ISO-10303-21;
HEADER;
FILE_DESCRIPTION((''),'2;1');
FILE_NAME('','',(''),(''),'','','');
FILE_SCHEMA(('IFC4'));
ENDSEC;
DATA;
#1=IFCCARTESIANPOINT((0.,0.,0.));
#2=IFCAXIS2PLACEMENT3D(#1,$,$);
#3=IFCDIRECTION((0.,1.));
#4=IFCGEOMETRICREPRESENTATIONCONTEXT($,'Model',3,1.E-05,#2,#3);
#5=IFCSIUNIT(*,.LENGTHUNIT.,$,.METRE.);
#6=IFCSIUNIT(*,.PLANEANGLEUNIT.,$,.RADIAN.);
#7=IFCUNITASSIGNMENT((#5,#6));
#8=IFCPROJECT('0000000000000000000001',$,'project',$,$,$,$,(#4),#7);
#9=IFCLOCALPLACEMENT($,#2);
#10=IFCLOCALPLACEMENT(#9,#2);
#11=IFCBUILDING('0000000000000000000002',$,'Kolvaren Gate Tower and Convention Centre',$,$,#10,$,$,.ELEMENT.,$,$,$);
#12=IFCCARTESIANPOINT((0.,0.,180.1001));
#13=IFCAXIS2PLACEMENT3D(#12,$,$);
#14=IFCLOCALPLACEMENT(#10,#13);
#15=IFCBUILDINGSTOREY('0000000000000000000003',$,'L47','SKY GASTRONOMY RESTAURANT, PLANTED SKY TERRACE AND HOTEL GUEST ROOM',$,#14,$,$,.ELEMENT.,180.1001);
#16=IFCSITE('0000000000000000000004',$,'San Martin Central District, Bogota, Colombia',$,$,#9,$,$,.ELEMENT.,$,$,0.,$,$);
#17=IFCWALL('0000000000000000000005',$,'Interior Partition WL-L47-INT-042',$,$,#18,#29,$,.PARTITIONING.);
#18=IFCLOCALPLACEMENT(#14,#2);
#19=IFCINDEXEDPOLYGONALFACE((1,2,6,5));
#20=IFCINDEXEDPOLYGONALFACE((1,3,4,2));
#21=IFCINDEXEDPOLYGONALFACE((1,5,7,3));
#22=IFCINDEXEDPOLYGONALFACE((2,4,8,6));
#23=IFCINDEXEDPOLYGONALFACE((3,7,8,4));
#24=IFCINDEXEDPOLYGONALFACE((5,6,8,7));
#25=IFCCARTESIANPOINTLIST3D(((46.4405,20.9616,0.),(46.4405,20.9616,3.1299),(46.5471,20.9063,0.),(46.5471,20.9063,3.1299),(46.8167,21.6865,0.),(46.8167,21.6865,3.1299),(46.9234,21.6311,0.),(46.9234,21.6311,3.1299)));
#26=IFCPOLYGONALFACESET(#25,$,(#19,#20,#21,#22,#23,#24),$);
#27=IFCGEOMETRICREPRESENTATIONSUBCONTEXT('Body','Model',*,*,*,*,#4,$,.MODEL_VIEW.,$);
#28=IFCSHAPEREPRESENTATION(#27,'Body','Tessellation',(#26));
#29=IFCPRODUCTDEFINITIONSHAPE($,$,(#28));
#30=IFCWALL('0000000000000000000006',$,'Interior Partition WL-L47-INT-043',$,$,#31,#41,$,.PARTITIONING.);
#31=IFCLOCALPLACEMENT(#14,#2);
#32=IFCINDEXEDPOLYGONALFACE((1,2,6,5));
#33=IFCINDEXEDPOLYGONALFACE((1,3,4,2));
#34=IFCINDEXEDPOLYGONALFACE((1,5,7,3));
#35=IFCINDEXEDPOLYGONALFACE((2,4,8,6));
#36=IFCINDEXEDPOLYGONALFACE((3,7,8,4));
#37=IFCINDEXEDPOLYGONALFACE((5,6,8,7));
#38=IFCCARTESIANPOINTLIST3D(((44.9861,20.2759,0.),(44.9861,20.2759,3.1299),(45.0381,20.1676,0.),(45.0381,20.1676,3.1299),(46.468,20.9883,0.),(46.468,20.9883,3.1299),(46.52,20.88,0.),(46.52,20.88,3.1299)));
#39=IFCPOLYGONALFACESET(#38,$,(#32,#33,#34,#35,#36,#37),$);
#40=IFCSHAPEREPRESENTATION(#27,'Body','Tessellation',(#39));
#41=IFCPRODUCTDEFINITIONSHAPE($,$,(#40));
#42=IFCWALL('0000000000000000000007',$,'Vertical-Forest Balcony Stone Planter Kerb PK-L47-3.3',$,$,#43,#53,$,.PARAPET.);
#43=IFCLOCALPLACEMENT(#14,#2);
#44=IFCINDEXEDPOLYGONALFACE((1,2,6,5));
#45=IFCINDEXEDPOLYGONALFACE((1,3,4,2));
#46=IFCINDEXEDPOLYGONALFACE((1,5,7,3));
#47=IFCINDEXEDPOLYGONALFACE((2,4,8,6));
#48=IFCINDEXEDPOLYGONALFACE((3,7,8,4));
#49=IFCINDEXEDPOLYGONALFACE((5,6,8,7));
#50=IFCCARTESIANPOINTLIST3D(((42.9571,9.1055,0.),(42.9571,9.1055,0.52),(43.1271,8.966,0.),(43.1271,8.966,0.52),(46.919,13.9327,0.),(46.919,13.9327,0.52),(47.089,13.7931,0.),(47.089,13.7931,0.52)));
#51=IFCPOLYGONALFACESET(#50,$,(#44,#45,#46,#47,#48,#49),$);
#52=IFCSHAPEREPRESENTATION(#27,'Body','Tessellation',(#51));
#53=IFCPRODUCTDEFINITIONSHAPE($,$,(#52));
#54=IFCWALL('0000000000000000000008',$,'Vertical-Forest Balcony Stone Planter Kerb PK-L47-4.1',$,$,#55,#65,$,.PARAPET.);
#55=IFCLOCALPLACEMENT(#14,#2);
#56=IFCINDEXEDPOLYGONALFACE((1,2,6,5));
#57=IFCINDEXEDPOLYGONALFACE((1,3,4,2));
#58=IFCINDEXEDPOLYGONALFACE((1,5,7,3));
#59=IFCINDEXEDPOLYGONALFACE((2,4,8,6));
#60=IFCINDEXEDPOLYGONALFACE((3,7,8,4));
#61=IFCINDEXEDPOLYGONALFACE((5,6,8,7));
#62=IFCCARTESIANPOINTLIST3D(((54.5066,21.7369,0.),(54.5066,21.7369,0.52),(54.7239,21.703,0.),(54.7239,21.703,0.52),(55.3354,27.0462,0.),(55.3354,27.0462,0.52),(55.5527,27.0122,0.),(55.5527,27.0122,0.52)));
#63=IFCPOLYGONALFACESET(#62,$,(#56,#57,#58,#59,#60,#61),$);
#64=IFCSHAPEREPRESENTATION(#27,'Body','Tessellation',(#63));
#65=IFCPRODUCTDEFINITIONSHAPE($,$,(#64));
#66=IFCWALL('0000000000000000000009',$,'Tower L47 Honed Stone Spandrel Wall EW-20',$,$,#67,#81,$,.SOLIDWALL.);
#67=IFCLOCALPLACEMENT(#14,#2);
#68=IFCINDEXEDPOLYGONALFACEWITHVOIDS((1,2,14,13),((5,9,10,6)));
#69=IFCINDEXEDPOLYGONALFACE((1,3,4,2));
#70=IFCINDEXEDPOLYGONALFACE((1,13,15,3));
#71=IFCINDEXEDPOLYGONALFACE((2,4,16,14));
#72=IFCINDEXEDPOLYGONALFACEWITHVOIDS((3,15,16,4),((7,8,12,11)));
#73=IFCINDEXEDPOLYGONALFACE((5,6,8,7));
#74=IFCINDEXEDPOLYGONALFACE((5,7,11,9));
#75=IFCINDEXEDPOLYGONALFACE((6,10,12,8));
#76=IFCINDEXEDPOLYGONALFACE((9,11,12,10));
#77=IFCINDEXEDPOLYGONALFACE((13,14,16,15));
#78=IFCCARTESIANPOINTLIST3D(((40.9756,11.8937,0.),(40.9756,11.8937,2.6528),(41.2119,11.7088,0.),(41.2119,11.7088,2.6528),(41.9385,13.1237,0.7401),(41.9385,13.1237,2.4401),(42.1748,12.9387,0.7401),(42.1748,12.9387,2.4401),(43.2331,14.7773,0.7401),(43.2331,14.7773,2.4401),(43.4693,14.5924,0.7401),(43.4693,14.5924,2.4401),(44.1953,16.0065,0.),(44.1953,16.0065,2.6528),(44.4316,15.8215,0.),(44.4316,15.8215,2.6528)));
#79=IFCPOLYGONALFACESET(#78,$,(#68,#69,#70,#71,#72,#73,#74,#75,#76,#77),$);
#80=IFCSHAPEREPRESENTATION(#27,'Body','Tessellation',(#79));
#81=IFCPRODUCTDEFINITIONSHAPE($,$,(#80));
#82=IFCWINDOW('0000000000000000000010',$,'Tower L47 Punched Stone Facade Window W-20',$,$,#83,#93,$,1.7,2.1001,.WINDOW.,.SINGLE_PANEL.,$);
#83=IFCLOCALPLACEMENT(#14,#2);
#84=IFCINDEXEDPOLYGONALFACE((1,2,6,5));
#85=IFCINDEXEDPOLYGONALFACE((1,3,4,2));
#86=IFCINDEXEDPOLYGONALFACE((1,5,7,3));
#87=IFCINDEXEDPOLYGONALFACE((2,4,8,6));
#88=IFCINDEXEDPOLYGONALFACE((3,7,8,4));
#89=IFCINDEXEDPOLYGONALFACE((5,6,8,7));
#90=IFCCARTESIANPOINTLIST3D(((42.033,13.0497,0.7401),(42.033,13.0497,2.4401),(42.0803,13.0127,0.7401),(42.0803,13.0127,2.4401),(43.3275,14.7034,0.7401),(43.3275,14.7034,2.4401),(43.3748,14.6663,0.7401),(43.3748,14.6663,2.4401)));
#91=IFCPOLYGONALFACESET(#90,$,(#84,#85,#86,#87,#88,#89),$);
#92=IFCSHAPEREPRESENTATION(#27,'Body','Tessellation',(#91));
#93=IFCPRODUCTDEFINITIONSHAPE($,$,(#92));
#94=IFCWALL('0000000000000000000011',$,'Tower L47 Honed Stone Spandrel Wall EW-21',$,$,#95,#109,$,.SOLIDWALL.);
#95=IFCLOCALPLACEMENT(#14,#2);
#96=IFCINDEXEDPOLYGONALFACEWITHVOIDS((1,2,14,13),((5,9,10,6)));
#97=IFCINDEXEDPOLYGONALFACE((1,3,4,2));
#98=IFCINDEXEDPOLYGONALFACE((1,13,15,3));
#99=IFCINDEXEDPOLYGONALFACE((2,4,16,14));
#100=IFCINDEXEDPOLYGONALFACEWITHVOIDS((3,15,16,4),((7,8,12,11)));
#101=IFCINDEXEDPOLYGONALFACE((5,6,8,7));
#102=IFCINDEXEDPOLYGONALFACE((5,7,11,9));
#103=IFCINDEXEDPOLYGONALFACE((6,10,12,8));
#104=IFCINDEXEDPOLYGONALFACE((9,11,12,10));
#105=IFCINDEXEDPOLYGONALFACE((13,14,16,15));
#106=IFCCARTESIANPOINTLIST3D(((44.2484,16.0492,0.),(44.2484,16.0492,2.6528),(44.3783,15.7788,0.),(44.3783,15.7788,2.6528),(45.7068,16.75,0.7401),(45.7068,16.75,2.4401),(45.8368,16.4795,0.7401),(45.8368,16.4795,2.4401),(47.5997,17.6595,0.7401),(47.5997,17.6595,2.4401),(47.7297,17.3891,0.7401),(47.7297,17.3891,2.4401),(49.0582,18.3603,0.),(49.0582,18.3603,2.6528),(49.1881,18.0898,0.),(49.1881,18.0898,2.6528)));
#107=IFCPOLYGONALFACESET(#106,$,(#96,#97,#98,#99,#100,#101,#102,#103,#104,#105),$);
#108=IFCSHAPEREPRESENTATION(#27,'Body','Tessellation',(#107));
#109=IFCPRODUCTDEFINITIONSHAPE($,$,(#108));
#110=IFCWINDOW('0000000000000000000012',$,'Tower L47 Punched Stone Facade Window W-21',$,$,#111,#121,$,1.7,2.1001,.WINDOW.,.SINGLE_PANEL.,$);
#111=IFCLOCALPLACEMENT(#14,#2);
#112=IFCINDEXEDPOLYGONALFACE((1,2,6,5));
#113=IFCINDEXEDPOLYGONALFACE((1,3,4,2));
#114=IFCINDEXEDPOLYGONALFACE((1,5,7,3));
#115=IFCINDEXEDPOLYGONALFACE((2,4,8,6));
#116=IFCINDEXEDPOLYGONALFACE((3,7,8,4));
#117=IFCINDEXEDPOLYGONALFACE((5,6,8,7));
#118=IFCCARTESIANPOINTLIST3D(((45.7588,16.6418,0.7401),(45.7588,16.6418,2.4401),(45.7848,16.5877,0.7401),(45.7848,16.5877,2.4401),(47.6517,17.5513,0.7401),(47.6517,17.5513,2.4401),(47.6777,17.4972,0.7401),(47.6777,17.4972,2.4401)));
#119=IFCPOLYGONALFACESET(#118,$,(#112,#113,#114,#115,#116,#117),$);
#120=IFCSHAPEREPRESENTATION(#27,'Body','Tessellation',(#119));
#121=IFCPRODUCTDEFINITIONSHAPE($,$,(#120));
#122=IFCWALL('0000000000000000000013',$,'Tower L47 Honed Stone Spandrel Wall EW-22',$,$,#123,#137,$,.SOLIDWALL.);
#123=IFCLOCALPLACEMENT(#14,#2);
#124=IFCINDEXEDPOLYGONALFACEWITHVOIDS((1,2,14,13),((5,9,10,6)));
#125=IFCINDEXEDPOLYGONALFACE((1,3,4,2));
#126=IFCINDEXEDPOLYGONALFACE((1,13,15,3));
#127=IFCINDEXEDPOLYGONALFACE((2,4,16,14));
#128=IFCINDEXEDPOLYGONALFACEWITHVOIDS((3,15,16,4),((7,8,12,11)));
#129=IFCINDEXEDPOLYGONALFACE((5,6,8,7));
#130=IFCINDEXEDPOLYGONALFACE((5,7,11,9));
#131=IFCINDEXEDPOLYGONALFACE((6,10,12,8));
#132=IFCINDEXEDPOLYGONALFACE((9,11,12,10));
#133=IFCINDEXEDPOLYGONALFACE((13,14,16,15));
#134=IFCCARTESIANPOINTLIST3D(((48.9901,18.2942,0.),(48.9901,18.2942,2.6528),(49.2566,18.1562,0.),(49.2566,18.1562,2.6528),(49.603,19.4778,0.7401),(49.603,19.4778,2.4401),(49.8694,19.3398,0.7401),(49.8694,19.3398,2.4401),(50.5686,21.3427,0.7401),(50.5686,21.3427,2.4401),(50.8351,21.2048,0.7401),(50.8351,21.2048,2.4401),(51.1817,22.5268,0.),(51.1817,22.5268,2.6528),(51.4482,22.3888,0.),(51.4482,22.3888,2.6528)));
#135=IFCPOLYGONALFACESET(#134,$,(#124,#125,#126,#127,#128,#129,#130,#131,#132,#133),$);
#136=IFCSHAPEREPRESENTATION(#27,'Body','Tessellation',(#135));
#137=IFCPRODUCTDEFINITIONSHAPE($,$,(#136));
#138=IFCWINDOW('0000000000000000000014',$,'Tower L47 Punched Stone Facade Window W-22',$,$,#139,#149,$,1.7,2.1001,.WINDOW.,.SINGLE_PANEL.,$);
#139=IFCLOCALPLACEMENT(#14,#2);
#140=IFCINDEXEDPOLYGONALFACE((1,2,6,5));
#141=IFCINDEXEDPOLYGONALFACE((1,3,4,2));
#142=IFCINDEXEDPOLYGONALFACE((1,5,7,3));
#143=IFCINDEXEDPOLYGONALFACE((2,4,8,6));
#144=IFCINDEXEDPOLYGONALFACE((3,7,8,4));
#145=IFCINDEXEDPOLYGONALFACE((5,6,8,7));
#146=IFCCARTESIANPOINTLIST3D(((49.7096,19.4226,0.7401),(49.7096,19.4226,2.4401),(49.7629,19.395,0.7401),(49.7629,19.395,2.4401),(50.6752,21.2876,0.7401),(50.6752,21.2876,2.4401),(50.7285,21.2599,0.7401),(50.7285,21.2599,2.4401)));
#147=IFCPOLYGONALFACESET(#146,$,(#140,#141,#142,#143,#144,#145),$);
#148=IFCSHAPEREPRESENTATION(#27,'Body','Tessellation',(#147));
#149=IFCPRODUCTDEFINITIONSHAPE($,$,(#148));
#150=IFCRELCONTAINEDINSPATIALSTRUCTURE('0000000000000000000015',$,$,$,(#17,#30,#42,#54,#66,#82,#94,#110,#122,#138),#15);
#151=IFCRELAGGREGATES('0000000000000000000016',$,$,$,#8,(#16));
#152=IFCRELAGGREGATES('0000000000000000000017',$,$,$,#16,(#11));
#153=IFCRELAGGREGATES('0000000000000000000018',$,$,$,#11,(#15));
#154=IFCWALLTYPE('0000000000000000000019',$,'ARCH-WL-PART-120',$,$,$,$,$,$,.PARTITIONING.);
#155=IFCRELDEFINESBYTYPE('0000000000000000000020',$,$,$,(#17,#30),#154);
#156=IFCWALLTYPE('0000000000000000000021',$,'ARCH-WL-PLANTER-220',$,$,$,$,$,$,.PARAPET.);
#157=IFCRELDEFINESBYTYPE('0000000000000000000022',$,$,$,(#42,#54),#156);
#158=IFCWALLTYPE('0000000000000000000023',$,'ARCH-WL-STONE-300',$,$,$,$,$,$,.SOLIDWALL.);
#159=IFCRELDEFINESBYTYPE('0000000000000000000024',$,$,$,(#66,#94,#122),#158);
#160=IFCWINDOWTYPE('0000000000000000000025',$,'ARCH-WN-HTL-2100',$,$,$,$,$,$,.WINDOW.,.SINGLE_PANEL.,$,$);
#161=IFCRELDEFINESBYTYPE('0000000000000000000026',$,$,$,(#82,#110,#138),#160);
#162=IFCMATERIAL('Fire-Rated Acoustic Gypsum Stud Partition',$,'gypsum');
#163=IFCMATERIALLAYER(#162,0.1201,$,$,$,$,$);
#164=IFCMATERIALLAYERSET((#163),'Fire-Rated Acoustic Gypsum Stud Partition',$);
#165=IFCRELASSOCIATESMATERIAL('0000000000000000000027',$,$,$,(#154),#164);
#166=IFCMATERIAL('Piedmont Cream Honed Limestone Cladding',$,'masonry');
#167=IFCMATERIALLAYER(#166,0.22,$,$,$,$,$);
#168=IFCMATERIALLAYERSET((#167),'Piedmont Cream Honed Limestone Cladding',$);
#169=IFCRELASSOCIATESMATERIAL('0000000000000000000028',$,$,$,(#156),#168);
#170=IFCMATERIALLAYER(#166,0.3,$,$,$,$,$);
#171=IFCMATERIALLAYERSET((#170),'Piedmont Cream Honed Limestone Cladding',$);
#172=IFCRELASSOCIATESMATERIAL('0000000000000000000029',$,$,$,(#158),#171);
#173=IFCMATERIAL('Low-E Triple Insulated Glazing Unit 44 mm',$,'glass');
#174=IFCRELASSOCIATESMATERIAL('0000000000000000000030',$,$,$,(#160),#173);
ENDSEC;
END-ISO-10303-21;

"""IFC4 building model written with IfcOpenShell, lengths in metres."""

from ifc_helpers import new_model, si_unit, direction, frame, frame_2d, origin, place, context, subcontext, project, spatial, rectangle, extrude, material, layer, layer_set, type_object, element, fill, save


model = new_model("IFC4")

# Units and contexts
model_context = context("Model", 3, precision=1e-05, world=origin(), true_north=direction((0.0, 1.0)))
body_context = subcontext(model_context, "Body", "Model", "MODEL_VIEW")
ifc_project = project(units=[si_unit("LENGTHUNIT", "METRE"), si_unit("PLANEANGLEUNIT", "RADIAN")], contexts=[model_context])

# Site, building, storey
site_placement = place(None, origin())
site = spatial("IfcSite", under=ifc_project, at=site_placement, Name="San Martin Central District, Bogota, Colombia", CompositionType="ELEMENT", RefElevation=0.0)
building_placement = place(site_placement, origin())
building = spatial("IfcBuilding", under=site, at=building_placement, Name="Kolvaren Gate Tower and Convention Centre", CompositionType="ELEMENT")
storey_placement = place(building_placement, frame((0.0, 0.0, 180.1001)))
storey = spatial("IfcBuildingStorey", under=building, at=storey_placement, Name="L47", Description="SKY GASTRONOMY RESTAURANT, PLANTED SKY TERRACE AND HOTEL GUEST ROOM", CompositionType="ELEMENT", Elevation=180.1001)

# Shared definitions
ifc_material_1 = material(Name="Fire-Rated Acoustic Gypsum Stud Partition", Category="gypsum")
ifc_layer_1 = layer(ifc_material_1, 0.1201)
ifc_layer_set_1 = layer_set([ifc_layer_1], Name="Fire-Rated Acoustic Gypsum Stud Partition")
wall_type_1 = type_object("IfcWallType", Name="ARCH-WL-PART-120", PredefinedType="PARTITIONING", material=ifc_layer_set_1)

# Walls
wall_1_placement = place(storey_placement, frame((46.4939, 20.9341, 0.0), z_axis=(0.0, 0.0, 1.0), x_axis=(0.460675, 0.887569, 0.0)))
element("IfcWall", 1, at=wall_1_placement, inside=storey, type_object=wall_type_1, Name="Interior Partition WL-L47-INT-042", PredefinedType="PARTITIONING", context=body_context, shape_type="SweptSolid", body=[
    extrude(rectangle(XDim=0.8167, YDim=0.1201, at=frame_2d((0.4082, 0.0))), origin(), (0.0, 0.0, 1.0), 3.1299),
])
wall_2_placement = place(storey_placement, frame((45.012, 20.2217, 0.0), z_axis=(0.0, 0.0, 1.0), x_axis=(0.901268, 0.433262, 0.0)))
element("IfcWall", 2, at=wall_2_placement, inside=storey, type_object=wall_type_1, Name="Interior Partition WL-L47-INT-043", PredefinedType="PARTITIONING", context=body_context, shape_type="SweptSolid", body=[
    extrude(rectangle(XDim=1.6443, YDim=0.1201, at=frame_2d((0.8223, 0.0))), origin(), (0.0, 0.0, 1.0), 3.1299),
])
ifc_material_2 = material(Name="Piedmont Cream Honed Limestone Cladding", Category="masonry")
ifc_layer_2 = layer(ifc_material_2, 0.22)
ifc_layer_set_2 = layer_set([ifc_layer_2], Name="Piedmont Cream Honed Limestone Cladding")
wall_type_2 = type_object("IfcWallType", Name="ARCH-WL-PLANTER-220", PredefinedType="PARAPET", material=ifc_layer_set_2)
wall_3_placement = place(storey_placement, frame((43.042, 9.0356, 0.0), z_axis=(0.0, 0.0, 1.0), x_axis=(0.634429, 0.772981, 0.0)))
element("IfcWall", 3, at=wall_3_placement, inside=storey, type_object=wall_type_2, Name="Vertical-Forest Balcony Stone Planter Kerb PK-L47-3.3", PredefinedType="PARAPET", context=body_context, shape_type="SweptSolid", body=[
    extrude(rectangle(XDim=6.2449, YDim=0.22, at=frame_2d((3.1226, 0.0))), origin(), (0.0, 0.0, 1.0), 0.52),
])
wall_4_placement = place(storey_placement, frame((54.6152, 21.72, 0.0), z_axis=(0.0, 0.0, 1.0), x_axis=(0.154245, 0.988033, 0.0)))
element("IfcWall", 4, at=wall_4_placement, inside=storey, type_object=wall_type_2, Name="Vertical-Forest Balcony Stone Planter Kerb PK-L47-4.1", PredefinedType="PARAPET", context=body_context, shape_type="SweptSolid", body=[
    extrude(rectangle(XDim=5.3735, YDim=0.22, at=frame_2d((2.6868, 0.0))), origin(), (0.0, 0.0, 1.0), 0.52),
])

# Walls, openings, windows
ifc_layer_3 = layer(ifc_material_2, 0.3)
ifc_layer_set_3 = layer_set([ifc_layer_3], Name="Piedmont Cream Honed Limestone Cladding")
wall_type_3 = type_object("IfcWallType", Name="ARCH-WL-STONE-300", PredefinedType="SOLIDWALL", material=ifc_layer_set_3)
wall_5_placement = place(storey_placement, frame((41.0938, 11.8013, 0.0), z_axis=(0.0, 0.0, 1.0), x_axis=(0.616429, 0.78741, 0.0)))
wall_5 = element("IfcWall", 5, at=wall_5_placement, inside=storey, type_object=wall_type_3, Name="Tower L47 Honed Stone Spandrel Wall EW-20", PredefinedType="SOLIDWALL", context=body_context, shape_type="SweptSolid", body=[
    extrude(rectangle(XDim=5.2231, YDim=0.3, at=frame_2d((2.6116, 0.0))), origin(), (0.0, 0.0, 1.0), 2.6528),
])
opening_1_placement = place(wall_5_placement, frame((1.562, 0.0, 0.74)))
opening_1 = element("IfcOpeningElement", 6, at=opening_1_placement, cuts=wall_5, PredefinedType="OPENING", context=body_context, shape_type="SweptSolid", body=[
    extrude(rectangle(XDim=2.1001, YDim=1.7, at=frame_2d((1.05, 0.8501))), frame((0.0, 0.1599, 0.0), z_axis=(0.0, -1.0, 0.0), x_axis=(1.0, 0.0, 0.0)), (0.0, 0.0, 1.0), 0.3201),
])
ifc_material_3 = material(Name="Low-E Triple Insulated Glazing Unit 44 mm", Category="glass")
window_type = type_object("IfcWindowType", Name="ARCH-WN-HTL-2100", PartitioningType="SINGLE_PANEL", PredefinedType="WINDOW", material=ifc_material_3)
window_1_placement = place(opening_1_placement, origin())
window_1 = element("IfcWindow", 7, at=window_1_placement, inside=storey, type_object=window_type, Name="Tower L47 Punched Stone Facade Window W-20", OverallHeight=1.7, OverallWidth=2.1001, PartitioningType="SINGLE_PANEL", PredefinedType="WINDOW", context=body_context, shape_type="SweptSolid", body=[
    extrude(rectangle(XDim=2.1001, YDim=1.7, at=frame_2d((1.05, 0.8501))), frame((0.0, 0.03, 0.0), z_axis=(0.0, -1.0, 0.0), x_axis=(1.0, 0.0, 0.0)), (0.0, 0.0, 1.0), 0.0601),
])
fill(opening_1, window_1)
wall_6_placement = place(storey_placement, frame((44.3135, 15.9141, 0.0), z_axis=(0.0, 0.0, 1.0), x_axis=(0.901353, 0.433085, 0.0)))
wall_6 = element("IfcWall", 8, at=wall_6_placement, inside=storey, type_object=wall_type_3, Name="Tower L47 Honed Stone Spandrel Wall EW-21", PredefinedType="SOLIDWALL", context=body_context, shape_type="SweptSolid", body=[
    extrude(rectangle(XDim=5.3362, YDim=0.3, at=frame_2d((2.668, 0.0))), origin(), (0.0, 0.0, 1.0), 2.6528),
])
opening_2_placement = place(wall_6_placement, frame((1.6179, 0.0, 0.74)))
opening_2 = element("IfcOpeningElement", 9, at=opening_2_placement, cuts=wall_6, PredefinedType="OPENING", context=body_context, shape_type="SweptSolid", body=[
    extrude(rectangle(XDim=2.1001, YDim=1.7, at=frame_2d((1.05, 0.8501))), frame((0.0, 0.1599, 0.0), z_axis=(0.0, -1.0, 0.0), x_axis=(1.0, 0.0, 0.0)), (0.0, 0.0, 1.0), 0.3201),
])
window_2_placement = place(opening_2_placement, origin())
window_2 = element("IfcWindow", 10, at=window_2_placement, inside=storey, type_object=window_type, Name="Tower L47 Punched Stone Facade Window W-21", OverallHeight=1.7, OverallWidth=2.1001, PartitioningType="SINGLE_PANEL", PredefinedType="WINDOW", context=body_context, shape_type="SweptSolid", body=[
    extrude(rectangle(XDim=2.1001, YDim=1.7, at=frame_2d((1.05, 0.8501))), frame((0.0, 0.03, 0.0), z_axis=(0.0, -1.0, 0.0), x_axis=(1.0, 0.0, 0.0)), (0.0, 0.0, 1.0), 0.0601),
])
fill(opening_2, window_2)
wall_7_placement = place(storey_placement, frame((49.1233, 18.2251, 0.0), z_axis=(0.0, 0.0, 1.0), x_axis=(0.45981, 0.888017, 0.0)))
wall_7 = element("IfcWall", 11, at=wall_7_placement, inside=storey, type_object=wall_type_3, Name="Tower L47 Honed Stone Spandrel Wall EW-22", PredefinedType="SOLIDWALL", context=body_context, shape_type="SweptSolid", body=[
    extrude(rectangle(XDim=4.7664, YDim=0.3, at=frame_2d((2.3833, 0.0))), origin(), (0.0, 0.0, 1.0), 2.6528),
])
opening_3_placement = place(wall_7_placement, frame((1.333, 0.0, 0.74)))
opening_3 = element("IfcOpeningElement", 12, at=opening_3_placement, cuts=wall_7, PredefinedType="OPENING", context=body_context, shape_type="SweptSolid", body=[
    extrude(rectangle(XDim=2.1001, YDim=1.7, at=frame_2d((1.05, 0.8501))), frame((0.0, 0.1599, 0.0), z_axis=(0.0, -1.0, 0.0), x_axis=(1.0, 0.0, 0.0)), (0.0, 0.0, 1.0), 0.3201),
])
window_3_placement = place(opening_3_placement, origin())
window_3 = element("IfcWindow", 13, at=window_3_placement, inside=storey, type_object=window_type, Name="Tower L47 Punched Stone Facade Window W-22", OverallHeight=1.7, OverallWidth=2.1001, PartitioningType="SINGLE_PANEL", PredefinedType="WINDOW", context=body_context, shape_type="SweptSolid", body=[
    extrude(rectangle(XDim=2.1001, YDim=1.7, at=frame_2d((1.05, 0.8501))), frame((0.0, 0.03, 0.0), z_axis=(0.0, -1.0, 0.0), x_axis=(1.0, 0.0, 0.0)), (0.0, 0.0, 1.0), 0.0601),
])
fill(opening_3, window_3)

save(model, "model.ifc")
